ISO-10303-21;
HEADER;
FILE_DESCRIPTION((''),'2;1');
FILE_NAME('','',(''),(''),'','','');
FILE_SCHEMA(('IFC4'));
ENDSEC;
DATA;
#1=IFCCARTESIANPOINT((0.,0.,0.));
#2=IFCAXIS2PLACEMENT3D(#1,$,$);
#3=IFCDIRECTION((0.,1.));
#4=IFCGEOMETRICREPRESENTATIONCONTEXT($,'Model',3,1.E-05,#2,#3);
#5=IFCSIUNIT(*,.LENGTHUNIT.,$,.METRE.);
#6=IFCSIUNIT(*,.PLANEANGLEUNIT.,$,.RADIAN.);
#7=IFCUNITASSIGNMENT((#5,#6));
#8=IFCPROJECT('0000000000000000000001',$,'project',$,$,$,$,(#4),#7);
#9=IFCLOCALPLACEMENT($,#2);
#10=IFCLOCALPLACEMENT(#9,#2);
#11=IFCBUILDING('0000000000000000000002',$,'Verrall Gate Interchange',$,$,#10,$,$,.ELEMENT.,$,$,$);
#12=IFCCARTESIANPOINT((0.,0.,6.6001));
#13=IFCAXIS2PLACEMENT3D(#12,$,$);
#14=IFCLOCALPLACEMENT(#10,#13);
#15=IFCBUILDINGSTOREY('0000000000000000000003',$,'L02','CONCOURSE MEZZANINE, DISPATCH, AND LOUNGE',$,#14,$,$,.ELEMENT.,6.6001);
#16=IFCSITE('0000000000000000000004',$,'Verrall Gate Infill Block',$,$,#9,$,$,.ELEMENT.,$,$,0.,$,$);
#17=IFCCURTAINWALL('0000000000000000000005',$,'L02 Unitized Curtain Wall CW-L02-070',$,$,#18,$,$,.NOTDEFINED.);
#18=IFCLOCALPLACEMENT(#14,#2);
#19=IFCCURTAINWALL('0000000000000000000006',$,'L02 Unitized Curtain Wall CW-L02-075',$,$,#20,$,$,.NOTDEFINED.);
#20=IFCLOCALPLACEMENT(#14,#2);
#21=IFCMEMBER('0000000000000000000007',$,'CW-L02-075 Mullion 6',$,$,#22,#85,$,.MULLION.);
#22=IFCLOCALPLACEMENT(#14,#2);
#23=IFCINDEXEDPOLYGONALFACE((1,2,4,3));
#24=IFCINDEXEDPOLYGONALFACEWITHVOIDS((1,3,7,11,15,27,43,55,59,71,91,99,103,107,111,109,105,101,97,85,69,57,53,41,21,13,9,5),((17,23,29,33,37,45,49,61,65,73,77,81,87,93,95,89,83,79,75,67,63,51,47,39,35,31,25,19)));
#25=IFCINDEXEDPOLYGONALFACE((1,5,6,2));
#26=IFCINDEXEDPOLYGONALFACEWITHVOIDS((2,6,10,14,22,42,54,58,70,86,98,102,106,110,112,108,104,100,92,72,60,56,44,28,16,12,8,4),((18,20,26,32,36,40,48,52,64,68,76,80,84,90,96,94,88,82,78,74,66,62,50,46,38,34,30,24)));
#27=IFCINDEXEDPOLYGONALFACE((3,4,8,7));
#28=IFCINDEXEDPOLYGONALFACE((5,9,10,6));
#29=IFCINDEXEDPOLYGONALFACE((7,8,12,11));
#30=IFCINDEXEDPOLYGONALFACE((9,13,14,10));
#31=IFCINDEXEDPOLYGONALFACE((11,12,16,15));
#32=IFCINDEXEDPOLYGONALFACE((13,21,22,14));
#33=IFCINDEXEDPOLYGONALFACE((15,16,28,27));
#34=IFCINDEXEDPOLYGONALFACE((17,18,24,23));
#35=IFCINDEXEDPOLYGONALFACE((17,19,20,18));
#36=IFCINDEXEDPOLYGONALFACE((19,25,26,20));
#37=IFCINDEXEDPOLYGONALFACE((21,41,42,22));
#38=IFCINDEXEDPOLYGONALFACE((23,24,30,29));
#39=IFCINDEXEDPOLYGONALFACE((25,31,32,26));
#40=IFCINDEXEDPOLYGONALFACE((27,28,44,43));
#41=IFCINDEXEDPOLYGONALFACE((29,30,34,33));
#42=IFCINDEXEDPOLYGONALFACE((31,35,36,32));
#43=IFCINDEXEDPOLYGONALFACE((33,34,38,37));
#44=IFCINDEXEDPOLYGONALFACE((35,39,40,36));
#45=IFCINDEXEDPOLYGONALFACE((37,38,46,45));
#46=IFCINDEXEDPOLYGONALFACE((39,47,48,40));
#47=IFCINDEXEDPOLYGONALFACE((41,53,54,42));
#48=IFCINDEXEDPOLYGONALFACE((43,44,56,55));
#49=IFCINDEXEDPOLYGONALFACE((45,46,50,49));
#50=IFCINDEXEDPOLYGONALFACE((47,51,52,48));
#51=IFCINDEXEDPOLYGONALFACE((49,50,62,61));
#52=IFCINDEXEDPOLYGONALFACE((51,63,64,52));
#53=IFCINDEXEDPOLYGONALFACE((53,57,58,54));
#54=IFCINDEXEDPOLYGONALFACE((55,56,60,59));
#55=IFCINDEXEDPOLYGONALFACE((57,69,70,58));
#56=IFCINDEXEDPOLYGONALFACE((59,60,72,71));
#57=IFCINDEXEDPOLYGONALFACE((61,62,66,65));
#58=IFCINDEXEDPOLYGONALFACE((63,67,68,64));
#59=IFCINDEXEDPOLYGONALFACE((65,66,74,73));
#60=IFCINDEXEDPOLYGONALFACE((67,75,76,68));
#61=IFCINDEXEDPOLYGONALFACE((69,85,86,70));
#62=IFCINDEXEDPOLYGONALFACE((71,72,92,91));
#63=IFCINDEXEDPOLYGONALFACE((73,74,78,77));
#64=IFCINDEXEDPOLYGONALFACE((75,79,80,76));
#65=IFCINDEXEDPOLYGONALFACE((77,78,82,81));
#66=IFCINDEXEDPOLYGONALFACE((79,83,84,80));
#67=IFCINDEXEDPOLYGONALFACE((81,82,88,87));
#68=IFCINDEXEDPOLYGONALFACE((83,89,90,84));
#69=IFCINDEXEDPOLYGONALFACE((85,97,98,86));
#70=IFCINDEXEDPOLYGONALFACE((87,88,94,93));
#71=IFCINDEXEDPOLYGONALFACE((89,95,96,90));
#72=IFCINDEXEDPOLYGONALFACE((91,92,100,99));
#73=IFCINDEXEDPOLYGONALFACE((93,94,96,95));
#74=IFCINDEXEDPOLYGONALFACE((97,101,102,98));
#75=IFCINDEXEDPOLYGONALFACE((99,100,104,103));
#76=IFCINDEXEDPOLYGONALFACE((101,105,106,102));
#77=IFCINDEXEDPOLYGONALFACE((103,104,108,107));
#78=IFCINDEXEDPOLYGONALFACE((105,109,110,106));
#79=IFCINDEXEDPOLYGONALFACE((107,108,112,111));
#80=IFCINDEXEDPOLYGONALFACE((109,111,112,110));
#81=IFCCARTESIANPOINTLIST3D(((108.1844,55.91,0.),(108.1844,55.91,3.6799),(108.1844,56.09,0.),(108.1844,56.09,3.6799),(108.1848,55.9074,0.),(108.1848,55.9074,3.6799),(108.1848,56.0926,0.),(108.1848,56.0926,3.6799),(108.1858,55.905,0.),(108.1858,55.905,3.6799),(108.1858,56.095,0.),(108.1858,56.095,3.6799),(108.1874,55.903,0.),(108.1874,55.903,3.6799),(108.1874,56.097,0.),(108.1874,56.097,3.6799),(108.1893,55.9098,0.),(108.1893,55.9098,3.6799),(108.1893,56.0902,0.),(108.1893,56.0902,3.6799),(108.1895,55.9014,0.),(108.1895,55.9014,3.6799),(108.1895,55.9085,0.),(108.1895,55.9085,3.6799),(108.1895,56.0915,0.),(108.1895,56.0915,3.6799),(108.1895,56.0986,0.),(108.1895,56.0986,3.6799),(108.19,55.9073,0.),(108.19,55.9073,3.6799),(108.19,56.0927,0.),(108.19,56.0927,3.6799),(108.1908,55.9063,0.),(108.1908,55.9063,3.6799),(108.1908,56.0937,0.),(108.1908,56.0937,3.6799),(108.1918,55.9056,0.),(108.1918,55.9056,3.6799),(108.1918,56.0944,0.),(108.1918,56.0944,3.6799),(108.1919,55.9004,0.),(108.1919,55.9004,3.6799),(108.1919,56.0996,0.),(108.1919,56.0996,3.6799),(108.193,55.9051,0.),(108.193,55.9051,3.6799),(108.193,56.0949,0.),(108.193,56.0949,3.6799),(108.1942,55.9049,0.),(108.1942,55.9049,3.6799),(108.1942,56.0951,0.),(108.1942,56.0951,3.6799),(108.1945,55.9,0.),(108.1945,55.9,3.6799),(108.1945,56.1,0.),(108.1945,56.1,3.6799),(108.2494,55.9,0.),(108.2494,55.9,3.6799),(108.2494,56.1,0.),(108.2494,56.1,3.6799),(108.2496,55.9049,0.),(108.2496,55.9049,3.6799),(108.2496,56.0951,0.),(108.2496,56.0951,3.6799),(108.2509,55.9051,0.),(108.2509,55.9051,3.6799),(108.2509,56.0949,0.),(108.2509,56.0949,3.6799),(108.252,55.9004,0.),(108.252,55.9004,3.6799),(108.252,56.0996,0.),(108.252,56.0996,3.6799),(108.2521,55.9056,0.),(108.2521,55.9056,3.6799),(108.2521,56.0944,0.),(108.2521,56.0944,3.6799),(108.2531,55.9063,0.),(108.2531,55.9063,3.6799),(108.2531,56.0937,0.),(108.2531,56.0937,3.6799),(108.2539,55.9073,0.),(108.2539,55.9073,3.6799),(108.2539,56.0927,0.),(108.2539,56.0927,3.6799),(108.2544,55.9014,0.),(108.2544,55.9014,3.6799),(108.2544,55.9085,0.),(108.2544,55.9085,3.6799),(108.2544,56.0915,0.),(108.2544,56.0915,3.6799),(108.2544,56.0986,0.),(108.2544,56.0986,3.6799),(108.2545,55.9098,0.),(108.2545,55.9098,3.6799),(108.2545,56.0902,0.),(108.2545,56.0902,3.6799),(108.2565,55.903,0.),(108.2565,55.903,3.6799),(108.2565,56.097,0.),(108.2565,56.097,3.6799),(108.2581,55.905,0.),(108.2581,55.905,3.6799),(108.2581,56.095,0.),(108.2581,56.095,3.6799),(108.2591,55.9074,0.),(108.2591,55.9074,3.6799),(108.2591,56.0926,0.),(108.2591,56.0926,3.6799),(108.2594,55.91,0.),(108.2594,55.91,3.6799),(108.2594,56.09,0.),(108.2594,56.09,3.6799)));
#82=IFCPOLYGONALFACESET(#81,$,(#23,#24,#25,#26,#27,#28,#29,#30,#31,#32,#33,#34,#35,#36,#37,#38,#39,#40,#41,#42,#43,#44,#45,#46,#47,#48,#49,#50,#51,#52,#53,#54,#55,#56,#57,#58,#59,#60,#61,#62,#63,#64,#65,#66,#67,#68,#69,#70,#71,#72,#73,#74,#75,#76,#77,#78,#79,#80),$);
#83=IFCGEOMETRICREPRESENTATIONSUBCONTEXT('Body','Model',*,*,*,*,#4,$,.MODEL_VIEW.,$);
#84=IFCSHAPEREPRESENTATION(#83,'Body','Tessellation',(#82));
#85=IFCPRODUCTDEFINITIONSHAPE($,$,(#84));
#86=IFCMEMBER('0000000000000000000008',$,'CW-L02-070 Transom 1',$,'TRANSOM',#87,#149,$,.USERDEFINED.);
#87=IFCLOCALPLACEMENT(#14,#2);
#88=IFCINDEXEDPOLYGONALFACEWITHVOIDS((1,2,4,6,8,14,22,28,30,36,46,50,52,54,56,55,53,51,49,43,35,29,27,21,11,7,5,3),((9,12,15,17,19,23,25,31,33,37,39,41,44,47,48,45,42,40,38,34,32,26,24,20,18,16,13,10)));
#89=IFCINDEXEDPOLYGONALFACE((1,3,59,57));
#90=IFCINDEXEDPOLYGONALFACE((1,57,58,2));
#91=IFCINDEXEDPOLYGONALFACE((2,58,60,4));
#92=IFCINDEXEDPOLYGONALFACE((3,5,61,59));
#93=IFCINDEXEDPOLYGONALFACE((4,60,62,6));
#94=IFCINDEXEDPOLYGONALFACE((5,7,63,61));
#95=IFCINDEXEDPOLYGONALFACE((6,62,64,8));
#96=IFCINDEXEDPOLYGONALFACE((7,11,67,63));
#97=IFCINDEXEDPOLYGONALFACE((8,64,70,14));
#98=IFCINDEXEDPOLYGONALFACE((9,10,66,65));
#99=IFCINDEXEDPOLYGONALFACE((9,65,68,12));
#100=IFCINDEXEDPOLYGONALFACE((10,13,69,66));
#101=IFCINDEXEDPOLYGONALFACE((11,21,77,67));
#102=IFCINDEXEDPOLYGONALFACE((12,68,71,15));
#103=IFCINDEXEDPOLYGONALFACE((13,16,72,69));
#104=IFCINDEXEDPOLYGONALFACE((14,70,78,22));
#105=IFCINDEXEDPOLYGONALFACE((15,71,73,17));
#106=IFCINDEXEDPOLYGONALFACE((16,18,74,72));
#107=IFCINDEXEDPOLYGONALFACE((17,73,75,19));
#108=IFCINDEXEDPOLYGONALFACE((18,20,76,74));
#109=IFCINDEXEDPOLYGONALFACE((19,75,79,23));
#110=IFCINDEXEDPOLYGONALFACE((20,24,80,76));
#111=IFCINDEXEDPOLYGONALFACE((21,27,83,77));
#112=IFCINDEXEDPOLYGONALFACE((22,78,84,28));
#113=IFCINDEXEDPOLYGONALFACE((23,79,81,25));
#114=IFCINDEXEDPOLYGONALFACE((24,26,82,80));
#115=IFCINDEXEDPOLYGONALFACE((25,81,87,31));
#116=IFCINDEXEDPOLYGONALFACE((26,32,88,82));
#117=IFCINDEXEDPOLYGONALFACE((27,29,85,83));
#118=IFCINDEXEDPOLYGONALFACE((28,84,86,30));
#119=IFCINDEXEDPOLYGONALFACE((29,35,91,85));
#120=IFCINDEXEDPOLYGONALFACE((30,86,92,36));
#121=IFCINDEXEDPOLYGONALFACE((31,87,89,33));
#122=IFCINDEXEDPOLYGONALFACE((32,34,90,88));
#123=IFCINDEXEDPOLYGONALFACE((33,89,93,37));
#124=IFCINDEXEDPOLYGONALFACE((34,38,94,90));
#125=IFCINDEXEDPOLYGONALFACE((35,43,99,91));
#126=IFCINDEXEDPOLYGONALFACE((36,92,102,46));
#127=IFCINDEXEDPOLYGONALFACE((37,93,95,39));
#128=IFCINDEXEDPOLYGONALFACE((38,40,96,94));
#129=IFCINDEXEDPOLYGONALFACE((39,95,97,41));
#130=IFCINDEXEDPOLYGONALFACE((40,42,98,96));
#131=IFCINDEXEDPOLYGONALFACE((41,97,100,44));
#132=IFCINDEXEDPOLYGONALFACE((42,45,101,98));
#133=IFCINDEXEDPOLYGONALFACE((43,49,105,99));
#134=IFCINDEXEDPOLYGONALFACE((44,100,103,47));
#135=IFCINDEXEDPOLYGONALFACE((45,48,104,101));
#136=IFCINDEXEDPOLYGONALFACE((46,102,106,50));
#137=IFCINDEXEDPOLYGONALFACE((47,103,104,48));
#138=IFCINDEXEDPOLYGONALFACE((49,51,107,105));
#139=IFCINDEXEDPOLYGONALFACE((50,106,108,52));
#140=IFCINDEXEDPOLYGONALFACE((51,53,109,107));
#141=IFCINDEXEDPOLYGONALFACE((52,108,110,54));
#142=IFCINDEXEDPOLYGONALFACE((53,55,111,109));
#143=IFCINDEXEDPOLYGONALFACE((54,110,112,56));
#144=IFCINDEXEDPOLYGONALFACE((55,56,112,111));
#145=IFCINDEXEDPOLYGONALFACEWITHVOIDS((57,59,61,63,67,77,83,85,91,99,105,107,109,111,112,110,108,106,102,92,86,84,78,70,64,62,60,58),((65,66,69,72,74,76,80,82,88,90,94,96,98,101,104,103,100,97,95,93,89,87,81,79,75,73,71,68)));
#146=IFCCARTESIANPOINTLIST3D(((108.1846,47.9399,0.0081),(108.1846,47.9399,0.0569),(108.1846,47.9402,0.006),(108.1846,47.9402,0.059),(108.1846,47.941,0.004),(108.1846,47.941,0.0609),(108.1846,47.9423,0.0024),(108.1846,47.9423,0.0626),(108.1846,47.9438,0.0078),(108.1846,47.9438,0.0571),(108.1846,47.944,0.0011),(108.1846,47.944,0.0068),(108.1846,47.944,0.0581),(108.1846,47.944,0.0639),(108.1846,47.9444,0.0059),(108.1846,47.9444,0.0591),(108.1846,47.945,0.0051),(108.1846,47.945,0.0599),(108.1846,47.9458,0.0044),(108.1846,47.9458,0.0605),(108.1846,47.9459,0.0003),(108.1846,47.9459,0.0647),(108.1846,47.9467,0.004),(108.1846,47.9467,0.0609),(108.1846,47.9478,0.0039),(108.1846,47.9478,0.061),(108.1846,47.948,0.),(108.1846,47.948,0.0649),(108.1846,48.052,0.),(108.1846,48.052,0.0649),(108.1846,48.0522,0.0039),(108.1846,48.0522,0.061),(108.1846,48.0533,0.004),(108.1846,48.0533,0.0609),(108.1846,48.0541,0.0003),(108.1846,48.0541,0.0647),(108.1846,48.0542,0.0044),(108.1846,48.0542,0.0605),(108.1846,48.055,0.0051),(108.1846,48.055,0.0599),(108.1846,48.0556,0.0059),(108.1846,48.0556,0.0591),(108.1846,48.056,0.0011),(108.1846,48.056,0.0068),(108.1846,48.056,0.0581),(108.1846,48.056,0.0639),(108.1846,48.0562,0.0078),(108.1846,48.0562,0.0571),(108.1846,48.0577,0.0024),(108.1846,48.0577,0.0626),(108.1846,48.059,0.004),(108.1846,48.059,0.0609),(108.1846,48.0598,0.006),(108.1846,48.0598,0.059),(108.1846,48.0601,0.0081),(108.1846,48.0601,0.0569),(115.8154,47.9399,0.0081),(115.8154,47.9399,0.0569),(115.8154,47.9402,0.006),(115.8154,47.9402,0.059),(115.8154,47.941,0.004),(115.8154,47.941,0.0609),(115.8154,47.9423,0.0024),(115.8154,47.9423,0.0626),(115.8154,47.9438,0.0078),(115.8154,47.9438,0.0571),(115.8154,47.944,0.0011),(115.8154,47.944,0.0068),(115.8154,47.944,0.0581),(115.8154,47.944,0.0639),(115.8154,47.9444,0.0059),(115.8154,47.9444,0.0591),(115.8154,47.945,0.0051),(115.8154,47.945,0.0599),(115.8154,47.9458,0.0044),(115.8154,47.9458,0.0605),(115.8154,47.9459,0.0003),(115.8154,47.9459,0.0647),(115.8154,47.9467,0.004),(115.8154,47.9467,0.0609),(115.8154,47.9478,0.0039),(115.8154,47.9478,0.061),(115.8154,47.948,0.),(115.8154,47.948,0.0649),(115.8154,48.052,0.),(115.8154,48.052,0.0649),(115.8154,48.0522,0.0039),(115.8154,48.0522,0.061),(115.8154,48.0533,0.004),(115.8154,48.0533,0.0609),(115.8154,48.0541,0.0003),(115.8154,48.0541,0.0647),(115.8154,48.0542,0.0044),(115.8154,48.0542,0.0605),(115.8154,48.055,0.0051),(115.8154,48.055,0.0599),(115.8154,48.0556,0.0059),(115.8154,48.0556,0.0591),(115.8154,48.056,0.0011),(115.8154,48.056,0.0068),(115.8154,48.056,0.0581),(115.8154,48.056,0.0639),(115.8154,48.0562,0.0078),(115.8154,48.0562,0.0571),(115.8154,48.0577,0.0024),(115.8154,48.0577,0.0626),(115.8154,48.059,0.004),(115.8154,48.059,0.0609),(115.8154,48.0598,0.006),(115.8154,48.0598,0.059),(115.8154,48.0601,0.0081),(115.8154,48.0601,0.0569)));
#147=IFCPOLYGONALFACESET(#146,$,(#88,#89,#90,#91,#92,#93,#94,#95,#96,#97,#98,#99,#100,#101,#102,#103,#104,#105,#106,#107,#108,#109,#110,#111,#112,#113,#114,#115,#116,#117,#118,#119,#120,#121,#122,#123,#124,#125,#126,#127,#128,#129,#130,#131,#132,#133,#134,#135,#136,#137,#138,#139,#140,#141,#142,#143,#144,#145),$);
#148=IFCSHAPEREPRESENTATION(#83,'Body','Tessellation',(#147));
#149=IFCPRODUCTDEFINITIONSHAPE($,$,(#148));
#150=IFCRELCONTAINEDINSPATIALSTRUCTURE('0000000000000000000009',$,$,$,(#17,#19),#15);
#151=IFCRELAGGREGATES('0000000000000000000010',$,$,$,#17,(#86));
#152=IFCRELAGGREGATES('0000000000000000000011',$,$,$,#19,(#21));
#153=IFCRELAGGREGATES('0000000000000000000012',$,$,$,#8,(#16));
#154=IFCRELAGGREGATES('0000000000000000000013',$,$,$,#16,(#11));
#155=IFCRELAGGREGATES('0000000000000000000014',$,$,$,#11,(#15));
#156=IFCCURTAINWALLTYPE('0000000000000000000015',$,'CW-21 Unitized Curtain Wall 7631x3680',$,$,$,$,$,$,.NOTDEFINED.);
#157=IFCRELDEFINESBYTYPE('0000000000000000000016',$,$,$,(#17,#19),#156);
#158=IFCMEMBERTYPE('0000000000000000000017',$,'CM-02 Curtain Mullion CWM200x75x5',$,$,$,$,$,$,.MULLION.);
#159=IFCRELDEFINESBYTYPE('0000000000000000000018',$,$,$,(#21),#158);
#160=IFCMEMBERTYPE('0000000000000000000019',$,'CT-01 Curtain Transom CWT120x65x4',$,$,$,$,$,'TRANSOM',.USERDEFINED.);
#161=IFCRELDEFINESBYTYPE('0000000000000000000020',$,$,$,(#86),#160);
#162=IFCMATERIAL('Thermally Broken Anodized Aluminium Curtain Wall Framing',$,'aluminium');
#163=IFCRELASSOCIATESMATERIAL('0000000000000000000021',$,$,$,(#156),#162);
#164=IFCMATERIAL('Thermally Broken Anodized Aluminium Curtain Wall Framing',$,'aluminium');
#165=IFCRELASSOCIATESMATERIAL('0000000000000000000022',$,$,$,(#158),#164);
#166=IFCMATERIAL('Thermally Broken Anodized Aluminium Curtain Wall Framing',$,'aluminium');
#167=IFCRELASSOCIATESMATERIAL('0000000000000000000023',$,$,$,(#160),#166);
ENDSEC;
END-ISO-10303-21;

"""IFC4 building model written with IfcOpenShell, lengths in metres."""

from ifc_helpers import new_model, si_unit, direction, frame, origin, origin_2d, place, context, subcontext, project, spatial, hollow_rectangle, extrude, material, material_profile, profile_set, type_object, element, aggregate, save


model = new_model("IFC4")

# Units and contexts
model_context = context("Model", 3, precision=1e-05, world=origin(), true_north=direction((0.0, 1.0)))
body_context = subcontext(model_context, "Body", "Model", "MODEL_VIEW")
ifc_project = project(units=[si_unit("LENGTHUNIT", "METRE"), si_unit("PLANEANGLEUNIT", "RADIAN")], contexts=[model_context])

# Site, building, storey
site_placement = place(None, origin())
site = spatial("IfcSite", under=ifc_project, at=site_placement, Name="Verrall Gate Infill Block", CompositionType="ELEMENT", RefElevation=0.0)
building_placement = place(site_placement, origin())
building = spatial("IfcBuilding", under=site, at=building_placement, Name="Verrall Gate Interchange", CompositionType="ELEMENT")
storey_placement = place(building_placement, frame((0.0, 0.0, 6.6001)))
storey = spatial("IfcBuildingStorey", under=building, at=storey_placement, Name="L02", Description="CONCOURSE MEZZANINE, DISPATCH, AND LOUNGE", CompositionType="ELEMENT", Elevation=6.6001)

# Curtain walls, member
ifc_material_1 = material(Name="Thermally Broken Anodized Aluminium Curtain Wall Framing", Category="aluminium")
curtain_wall_type_1 = type_object("IfcCurtainWallType", Name="CW-21 Unitized Curtain Wall 7631x3680", PredefinedType="NOTDEFINED", material=ifc_material_1)
curtain_wall_1_placement = place(storey_placement, origin())
curtain_wall_1 = element("IfcCurtainWall", 1, at=curtain_wall_1_placement, inside=storey, type_object=curtain_wall_type_1, Name="L02 Unitized Curtain Wall CW-L02-070", PredefinedType="NOTDEFINED")
ifc_material_2 = material(Name="Thermally Broken Anodized Aluminium Curtain Wall Framing", Category="aluminium")
ifc_material_profile_1 = material_profile(ifc_material_2, hollow_rectangle(XDim=0.075, YDim=0.2, WallThickness=0.0049, InnerFilletRadius=0.0049, OuterFilletRadius=0.01, at=origin_2d()), Name="CWM200x75x5")
ifc_profile_set_1 = profile_set([ifc_material_profile_1], Name="Thermally Broken Anodized Aluminium Curtain Wall Framing")
member_type_1 = type_object("IfcMemberType", Name="CM-02 Curtain Mullion CWM200x75x5", PredefinedType="MULLION", material=ifc_profile_set_1)
curtain_wall_2_placement = place(storey_placement, origin())
curtain_wall_2 = element("IfcCurtainWall", 2, at=curtain_wall_2_placement, inside=storey, type_object=curtain_wall_type_1, Name="L02 Unitized Curtain Wall CW-L02-075", PredefinedType="NOTDEFINED")
member_1_placement = place(storey_placement, frame((108.2219, 56.0, 0.0), z_axis=(0.0, 0.0, 1.0), x_axis=(-1.0, 0.0, 0.0)))
member_1 = element("IfcMember", 3, at=member_1_placement, type_object=member_type_1, Name="CW-L02-075 Mullion 6", PredefinedType="MULLION", context=body_context, shape_type="SweptSolid", body=[
    extrude(hollow_rectangle(XDim=0.075, YDim=0.2, WallThickness=0.0049, InnerFilletRadius=0.0049, OuterFilletRadius=0.01, at=origin_2d()), origin(), (0.0, 0.0, 1.0), 3.6799),
])

# Member
ifc_material_3 = material(Name="Thermally Broken Anodized Aluminium Curtain Wall Framing", Category="aluminium")
ifc_material_profile_2 = material_profile(ifc_material_3, hollow_rectangle(XDim=0.1201, YDim=0.0649, WallThickness=0.0039, InnerFilletRadius=0.0039, OuterFilletRadius=0.0081, at=origin_2d()), Name="CWT120x65x4")
ifc_profile_set_2 = profile_set([ifc_material_profile_2], Name="Thermally Broken Anodized Aluminium Curtain Wall Framing")
member_type_2 = type_object("IfcMemberType", Name="CT-01 Curtain Transom CWT120x65x4", ElementType="TRANSOM", PredefinedType="USERDEFINED", material=ifc_profile_set_2)
member_2_placement = place(storey_placement, frame((108.1846, 48.0, 0.0325), z_axis=(1.0, 0.0, 0.0), x_axis=(0.0, 1.0, 0.0)))
member_2 = element("IfcMember", 4, at=member_2_placement, type_object=member_type_2, Name="CW-L02-070 Transom 1", ObjectType="TRANSOM", PredefinedType="USERDEFINED", context=body_context, shape_type="SweptSolid", body=[
    extrude(hollow_rectangle(XDim=0.1201, YDim=0.0649, WallThickness=0.0039, InnerFilletRadius=0.0039, OuterFilletRadius=0.0081, at=origin_2d()), origin(), (0.0, 0.0, 1.0), 7.6309),
])

aggregate(curtain_wall_1, [member_2])
aggregate(curtain_wall_2, [member_1])

save(model, "model.ifc")
